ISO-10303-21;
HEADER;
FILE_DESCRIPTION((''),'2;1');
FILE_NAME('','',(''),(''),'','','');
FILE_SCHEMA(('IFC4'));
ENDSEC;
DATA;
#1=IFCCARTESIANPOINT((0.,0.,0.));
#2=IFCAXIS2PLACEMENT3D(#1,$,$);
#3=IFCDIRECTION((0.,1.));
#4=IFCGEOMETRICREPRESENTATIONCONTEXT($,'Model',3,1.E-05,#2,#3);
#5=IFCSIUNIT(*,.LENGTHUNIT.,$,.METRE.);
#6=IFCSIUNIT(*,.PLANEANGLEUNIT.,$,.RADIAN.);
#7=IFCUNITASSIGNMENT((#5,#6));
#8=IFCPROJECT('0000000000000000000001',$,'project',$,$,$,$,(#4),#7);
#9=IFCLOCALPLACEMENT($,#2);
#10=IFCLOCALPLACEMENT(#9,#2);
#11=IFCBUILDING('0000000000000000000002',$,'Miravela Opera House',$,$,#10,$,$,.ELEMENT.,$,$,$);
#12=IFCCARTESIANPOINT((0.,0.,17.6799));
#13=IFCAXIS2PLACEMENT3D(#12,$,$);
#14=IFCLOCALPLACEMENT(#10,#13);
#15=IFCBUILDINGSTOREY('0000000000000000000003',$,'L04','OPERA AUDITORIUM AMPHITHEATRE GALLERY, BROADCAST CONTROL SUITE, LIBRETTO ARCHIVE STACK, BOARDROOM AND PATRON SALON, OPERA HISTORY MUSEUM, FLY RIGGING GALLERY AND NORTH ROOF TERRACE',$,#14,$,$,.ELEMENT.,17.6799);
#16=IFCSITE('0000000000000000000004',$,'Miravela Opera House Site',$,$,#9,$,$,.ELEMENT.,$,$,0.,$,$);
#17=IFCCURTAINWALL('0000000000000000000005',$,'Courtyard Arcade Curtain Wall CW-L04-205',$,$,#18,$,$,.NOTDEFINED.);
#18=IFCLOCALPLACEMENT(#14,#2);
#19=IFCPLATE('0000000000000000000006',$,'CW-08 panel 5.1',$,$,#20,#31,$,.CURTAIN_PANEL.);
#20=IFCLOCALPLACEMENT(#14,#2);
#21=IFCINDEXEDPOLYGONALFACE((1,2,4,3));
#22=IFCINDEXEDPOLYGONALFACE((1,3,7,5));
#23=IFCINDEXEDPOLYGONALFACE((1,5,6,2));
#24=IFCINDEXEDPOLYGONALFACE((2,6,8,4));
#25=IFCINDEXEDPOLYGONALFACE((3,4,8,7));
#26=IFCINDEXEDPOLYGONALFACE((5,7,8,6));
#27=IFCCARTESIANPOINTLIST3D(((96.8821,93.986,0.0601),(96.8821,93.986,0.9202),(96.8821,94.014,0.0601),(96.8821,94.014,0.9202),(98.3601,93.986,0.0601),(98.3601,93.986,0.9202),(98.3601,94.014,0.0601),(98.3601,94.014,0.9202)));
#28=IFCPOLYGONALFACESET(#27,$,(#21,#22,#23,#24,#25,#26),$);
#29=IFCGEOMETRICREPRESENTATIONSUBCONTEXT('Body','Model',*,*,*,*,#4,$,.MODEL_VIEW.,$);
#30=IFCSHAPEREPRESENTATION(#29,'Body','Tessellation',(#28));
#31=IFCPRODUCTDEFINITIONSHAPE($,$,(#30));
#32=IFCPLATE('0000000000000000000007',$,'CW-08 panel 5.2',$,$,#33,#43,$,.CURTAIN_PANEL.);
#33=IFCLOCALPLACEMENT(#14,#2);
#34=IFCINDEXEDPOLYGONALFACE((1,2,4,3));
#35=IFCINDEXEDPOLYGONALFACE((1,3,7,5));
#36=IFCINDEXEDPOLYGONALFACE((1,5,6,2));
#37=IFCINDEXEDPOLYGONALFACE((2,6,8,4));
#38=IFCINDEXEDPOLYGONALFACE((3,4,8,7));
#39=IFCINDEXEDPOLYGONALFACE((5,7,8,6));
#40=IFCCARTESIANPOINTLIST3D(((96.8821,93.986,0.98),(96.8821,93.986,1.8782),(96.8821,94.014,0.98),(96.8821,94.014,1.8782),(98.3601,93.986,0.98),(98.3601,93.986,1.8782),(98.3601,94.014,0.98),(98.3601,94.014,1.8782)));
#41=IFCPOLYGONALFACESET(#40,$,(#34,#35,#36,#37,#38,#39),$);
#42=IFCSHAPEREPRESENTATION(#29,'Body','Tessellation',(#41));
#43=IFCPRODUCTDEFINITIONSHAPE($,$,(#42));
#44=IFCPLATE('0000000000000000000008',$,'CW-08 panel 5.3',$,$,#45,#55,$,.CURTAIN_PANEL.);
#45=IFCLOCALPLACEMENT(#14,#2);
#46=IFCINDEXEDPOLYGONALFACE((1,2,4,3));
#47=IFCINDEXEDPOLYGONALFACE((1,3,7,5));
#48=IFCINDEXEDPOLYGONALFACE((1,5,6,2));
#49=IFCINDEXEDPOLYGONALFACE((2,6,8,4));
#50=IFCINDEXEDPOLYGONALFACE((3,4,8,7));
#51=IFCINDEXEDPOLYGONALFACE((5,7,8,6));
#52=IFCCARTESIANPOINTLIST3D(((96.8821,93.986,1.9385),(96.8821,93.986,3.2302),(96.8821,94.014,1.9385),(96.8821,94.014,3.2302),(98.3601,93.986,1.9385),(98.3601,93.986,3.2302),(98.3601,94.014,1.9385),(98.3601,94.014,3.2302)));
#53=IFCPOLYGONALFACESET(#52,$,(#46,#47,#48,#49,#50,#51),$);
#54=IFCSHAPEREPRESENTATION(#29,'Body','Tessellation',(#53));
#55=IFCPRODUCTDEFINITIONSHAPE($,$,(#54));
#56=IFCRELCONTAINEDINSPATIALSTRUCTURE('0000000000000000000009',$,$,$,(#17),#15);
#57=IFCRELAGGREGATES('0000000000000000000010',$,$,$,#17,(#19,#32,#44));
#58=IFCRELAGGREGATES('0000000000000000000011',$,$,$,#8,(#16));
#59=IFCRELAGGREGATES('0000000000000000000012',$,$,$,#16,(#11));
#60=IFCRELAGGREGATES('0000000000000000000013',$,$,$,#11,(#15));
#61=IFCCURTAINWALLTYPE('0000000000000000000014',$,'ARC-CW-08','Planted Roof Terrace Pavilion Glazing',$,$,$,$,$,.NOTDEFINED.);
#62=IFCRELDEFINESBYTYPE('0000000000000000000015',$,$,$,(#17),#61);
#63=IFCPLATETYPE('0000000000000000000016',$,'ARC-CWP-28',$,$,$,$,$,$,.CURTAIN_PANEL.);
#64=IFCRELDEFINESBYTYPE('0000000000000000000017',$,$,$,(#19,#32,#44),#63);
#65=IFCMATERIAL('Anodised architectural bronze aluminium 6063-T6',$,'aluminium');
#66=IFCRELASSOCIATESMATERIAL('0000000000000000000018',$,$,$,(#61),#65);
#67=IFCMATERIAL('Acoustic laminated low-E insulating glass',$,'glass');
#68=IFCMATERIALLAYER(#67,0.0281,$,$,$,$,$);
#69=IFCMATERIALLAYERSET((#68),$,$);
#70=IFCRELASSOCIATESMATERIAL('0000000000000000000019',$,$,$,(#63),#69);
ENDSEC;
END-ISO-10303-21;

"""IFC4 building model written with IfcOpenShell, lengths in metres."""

from ifc_helpers import new_model, si_unit, direction, frame, origin, origin_2d, place, context, subcontext, project, spatial, rectangle, extrude, material, layer, layer_set, type_object, element, aggregate, save


model = new_model("IFC4")

# Units and contexts
model_context = context("Model", 3, precision=1e-05, world=origin(), true_north=direction((0.0, 1.0)))
body_context = subcontext(model_context, "Body", "Model", "MODEL_VIEW")
ifc_project = project(units=[si_unit("LENGTHUNIT", "METRE"), si_unit("PLANEANGLEUNIT", "RADIAN")], contexts=[model_context])

# Site, building, storey
site_placement = place(None, origin())
site = spatial("IfcSite", under=ifc_project, at=site_placement, Name="Miravela Opera House Site", CompositionType="ELEMENT", RefElevation=0.0)
building_placement = place(site_placement, origin())
building = spatial("IfcBuilding", under=site, at=building_placement, Name="Miravela Opera House", CompositionType="ELEMENT")
storey_placement = place(building_placement, frame((0.0, 0.0, 17.6799)))
storey = spatial("IfcBuildingStorey", under=building, at=storey_placement, Name="L04", Description="OPERA AUDITORIUM AMPHITHEATRE GALLERY, BROADCAST CONTROL SUITE, LIBRETTO ARCHIVE STACK, BOARDROOM AND PATRON SALON, OPERA HISTORY MUSEUM, FLY RIGGING GALLERY AND NORTH ROOF TERRACE", CompositionType="ELEMENT", Elevation=17.6799)

# Curtain wall
ifc_material_1 = material(Name="Anodised architectural bronze aluminium 6063-T6", Category="aluminium")
curtain_wall_type = type_object("IfcCurtainWallType", Name="ARC-CW-08", Description="Planted Roof Terrace Pavilion Glazing", PredefinedType="NOTDEFINED", material=ifc_material_1)
curtain_wall_1_placement = place(storey_placement, origin())
curtain_wall_1 = element("IfcCurtainWall", 1, at=curtain_wall_1_placement, inside=storey, type_object=curtain_wall_type, Name="Courtyard Arcade Curtain Wall CW-L04-205", PredefinedType="NOTDEFINED")

# Plates
ifc_material_2 = material(Name="Acoustic laminated low-E insulating glass", Category="glass")
ifc_layer = layer(ifc_material_2, 0.0281)
ifc_layer_set = layer_set([ifc_layer])
plate_type = type_object("IfcPlateType", Name="ARC-CWP-28", PredefinedType="CURTAIN_PANEL", material=ifc_layer_set)
plate_1_placement = place(storey_placement, frame((97.6211, 94.0, 0.0601), z_axis=(0.0, 0.0, 1.0), x_axis=(1.0, 0.0, 0.0)))
plate_1 = element("IfcPlate", 2, at=plate_1_placement, type_object=plate_type, Name="CW-08 panel 5.1", PredefinedType="CURTAIN_PANEL", context=body_context, shape_type="SweptSolid", body=[
    extrude(rectangle(XDim=1.478, YDim=0.0281, at=origin_2d()), origin(), (0.0, 0.0, 1.0), 0.8601),
])
plate_2_placement = place(storey_placement, frame((97.6211, 94.0, 0.98), z_axis=(0.0, 0.0, 1.0), x_axis=(1.0, 0.0, 0.0)))
plate_2 = element("IfcPlate", 3, at=plate_2_placement, type_object=plate_type, Name="CW-08 panel 5.2", PredefinedType="CURTAIN_PANEL", context=body_context, shape_type="SweptSolid", body=[
    extrude(rectangle(XDim=1.478, YDim=0.0281, at=origin_2d()), origin(), (0.0, 0.0, 1.0), 0.8982),
])
plate_3_placement = place(storey_placement, frame((97.6211, 94.0, 1.9385), z_axis=(0.0, 0.0, 1.0), x_axis=(1.0, 0.0, 0.0)))
plate_3 = element("IfcPlate", 4, at=plate_3_placement, type_object=plate_type, Name="CW-08 panel 5.3", PredefinedType="CURTAIN_PANEL", context=body_context, shape_type="SweptSolid", body=[
    extrude(rectangle(XDim=1.478, YDim=0.0281, at=origin_2d()), origin(), (0.0, 0.0, 1.0), 1.2917),
])
aggregate(curtain_wall_1, [plate_1, plate_2, plate_3])

save(model, "model.ifc")
